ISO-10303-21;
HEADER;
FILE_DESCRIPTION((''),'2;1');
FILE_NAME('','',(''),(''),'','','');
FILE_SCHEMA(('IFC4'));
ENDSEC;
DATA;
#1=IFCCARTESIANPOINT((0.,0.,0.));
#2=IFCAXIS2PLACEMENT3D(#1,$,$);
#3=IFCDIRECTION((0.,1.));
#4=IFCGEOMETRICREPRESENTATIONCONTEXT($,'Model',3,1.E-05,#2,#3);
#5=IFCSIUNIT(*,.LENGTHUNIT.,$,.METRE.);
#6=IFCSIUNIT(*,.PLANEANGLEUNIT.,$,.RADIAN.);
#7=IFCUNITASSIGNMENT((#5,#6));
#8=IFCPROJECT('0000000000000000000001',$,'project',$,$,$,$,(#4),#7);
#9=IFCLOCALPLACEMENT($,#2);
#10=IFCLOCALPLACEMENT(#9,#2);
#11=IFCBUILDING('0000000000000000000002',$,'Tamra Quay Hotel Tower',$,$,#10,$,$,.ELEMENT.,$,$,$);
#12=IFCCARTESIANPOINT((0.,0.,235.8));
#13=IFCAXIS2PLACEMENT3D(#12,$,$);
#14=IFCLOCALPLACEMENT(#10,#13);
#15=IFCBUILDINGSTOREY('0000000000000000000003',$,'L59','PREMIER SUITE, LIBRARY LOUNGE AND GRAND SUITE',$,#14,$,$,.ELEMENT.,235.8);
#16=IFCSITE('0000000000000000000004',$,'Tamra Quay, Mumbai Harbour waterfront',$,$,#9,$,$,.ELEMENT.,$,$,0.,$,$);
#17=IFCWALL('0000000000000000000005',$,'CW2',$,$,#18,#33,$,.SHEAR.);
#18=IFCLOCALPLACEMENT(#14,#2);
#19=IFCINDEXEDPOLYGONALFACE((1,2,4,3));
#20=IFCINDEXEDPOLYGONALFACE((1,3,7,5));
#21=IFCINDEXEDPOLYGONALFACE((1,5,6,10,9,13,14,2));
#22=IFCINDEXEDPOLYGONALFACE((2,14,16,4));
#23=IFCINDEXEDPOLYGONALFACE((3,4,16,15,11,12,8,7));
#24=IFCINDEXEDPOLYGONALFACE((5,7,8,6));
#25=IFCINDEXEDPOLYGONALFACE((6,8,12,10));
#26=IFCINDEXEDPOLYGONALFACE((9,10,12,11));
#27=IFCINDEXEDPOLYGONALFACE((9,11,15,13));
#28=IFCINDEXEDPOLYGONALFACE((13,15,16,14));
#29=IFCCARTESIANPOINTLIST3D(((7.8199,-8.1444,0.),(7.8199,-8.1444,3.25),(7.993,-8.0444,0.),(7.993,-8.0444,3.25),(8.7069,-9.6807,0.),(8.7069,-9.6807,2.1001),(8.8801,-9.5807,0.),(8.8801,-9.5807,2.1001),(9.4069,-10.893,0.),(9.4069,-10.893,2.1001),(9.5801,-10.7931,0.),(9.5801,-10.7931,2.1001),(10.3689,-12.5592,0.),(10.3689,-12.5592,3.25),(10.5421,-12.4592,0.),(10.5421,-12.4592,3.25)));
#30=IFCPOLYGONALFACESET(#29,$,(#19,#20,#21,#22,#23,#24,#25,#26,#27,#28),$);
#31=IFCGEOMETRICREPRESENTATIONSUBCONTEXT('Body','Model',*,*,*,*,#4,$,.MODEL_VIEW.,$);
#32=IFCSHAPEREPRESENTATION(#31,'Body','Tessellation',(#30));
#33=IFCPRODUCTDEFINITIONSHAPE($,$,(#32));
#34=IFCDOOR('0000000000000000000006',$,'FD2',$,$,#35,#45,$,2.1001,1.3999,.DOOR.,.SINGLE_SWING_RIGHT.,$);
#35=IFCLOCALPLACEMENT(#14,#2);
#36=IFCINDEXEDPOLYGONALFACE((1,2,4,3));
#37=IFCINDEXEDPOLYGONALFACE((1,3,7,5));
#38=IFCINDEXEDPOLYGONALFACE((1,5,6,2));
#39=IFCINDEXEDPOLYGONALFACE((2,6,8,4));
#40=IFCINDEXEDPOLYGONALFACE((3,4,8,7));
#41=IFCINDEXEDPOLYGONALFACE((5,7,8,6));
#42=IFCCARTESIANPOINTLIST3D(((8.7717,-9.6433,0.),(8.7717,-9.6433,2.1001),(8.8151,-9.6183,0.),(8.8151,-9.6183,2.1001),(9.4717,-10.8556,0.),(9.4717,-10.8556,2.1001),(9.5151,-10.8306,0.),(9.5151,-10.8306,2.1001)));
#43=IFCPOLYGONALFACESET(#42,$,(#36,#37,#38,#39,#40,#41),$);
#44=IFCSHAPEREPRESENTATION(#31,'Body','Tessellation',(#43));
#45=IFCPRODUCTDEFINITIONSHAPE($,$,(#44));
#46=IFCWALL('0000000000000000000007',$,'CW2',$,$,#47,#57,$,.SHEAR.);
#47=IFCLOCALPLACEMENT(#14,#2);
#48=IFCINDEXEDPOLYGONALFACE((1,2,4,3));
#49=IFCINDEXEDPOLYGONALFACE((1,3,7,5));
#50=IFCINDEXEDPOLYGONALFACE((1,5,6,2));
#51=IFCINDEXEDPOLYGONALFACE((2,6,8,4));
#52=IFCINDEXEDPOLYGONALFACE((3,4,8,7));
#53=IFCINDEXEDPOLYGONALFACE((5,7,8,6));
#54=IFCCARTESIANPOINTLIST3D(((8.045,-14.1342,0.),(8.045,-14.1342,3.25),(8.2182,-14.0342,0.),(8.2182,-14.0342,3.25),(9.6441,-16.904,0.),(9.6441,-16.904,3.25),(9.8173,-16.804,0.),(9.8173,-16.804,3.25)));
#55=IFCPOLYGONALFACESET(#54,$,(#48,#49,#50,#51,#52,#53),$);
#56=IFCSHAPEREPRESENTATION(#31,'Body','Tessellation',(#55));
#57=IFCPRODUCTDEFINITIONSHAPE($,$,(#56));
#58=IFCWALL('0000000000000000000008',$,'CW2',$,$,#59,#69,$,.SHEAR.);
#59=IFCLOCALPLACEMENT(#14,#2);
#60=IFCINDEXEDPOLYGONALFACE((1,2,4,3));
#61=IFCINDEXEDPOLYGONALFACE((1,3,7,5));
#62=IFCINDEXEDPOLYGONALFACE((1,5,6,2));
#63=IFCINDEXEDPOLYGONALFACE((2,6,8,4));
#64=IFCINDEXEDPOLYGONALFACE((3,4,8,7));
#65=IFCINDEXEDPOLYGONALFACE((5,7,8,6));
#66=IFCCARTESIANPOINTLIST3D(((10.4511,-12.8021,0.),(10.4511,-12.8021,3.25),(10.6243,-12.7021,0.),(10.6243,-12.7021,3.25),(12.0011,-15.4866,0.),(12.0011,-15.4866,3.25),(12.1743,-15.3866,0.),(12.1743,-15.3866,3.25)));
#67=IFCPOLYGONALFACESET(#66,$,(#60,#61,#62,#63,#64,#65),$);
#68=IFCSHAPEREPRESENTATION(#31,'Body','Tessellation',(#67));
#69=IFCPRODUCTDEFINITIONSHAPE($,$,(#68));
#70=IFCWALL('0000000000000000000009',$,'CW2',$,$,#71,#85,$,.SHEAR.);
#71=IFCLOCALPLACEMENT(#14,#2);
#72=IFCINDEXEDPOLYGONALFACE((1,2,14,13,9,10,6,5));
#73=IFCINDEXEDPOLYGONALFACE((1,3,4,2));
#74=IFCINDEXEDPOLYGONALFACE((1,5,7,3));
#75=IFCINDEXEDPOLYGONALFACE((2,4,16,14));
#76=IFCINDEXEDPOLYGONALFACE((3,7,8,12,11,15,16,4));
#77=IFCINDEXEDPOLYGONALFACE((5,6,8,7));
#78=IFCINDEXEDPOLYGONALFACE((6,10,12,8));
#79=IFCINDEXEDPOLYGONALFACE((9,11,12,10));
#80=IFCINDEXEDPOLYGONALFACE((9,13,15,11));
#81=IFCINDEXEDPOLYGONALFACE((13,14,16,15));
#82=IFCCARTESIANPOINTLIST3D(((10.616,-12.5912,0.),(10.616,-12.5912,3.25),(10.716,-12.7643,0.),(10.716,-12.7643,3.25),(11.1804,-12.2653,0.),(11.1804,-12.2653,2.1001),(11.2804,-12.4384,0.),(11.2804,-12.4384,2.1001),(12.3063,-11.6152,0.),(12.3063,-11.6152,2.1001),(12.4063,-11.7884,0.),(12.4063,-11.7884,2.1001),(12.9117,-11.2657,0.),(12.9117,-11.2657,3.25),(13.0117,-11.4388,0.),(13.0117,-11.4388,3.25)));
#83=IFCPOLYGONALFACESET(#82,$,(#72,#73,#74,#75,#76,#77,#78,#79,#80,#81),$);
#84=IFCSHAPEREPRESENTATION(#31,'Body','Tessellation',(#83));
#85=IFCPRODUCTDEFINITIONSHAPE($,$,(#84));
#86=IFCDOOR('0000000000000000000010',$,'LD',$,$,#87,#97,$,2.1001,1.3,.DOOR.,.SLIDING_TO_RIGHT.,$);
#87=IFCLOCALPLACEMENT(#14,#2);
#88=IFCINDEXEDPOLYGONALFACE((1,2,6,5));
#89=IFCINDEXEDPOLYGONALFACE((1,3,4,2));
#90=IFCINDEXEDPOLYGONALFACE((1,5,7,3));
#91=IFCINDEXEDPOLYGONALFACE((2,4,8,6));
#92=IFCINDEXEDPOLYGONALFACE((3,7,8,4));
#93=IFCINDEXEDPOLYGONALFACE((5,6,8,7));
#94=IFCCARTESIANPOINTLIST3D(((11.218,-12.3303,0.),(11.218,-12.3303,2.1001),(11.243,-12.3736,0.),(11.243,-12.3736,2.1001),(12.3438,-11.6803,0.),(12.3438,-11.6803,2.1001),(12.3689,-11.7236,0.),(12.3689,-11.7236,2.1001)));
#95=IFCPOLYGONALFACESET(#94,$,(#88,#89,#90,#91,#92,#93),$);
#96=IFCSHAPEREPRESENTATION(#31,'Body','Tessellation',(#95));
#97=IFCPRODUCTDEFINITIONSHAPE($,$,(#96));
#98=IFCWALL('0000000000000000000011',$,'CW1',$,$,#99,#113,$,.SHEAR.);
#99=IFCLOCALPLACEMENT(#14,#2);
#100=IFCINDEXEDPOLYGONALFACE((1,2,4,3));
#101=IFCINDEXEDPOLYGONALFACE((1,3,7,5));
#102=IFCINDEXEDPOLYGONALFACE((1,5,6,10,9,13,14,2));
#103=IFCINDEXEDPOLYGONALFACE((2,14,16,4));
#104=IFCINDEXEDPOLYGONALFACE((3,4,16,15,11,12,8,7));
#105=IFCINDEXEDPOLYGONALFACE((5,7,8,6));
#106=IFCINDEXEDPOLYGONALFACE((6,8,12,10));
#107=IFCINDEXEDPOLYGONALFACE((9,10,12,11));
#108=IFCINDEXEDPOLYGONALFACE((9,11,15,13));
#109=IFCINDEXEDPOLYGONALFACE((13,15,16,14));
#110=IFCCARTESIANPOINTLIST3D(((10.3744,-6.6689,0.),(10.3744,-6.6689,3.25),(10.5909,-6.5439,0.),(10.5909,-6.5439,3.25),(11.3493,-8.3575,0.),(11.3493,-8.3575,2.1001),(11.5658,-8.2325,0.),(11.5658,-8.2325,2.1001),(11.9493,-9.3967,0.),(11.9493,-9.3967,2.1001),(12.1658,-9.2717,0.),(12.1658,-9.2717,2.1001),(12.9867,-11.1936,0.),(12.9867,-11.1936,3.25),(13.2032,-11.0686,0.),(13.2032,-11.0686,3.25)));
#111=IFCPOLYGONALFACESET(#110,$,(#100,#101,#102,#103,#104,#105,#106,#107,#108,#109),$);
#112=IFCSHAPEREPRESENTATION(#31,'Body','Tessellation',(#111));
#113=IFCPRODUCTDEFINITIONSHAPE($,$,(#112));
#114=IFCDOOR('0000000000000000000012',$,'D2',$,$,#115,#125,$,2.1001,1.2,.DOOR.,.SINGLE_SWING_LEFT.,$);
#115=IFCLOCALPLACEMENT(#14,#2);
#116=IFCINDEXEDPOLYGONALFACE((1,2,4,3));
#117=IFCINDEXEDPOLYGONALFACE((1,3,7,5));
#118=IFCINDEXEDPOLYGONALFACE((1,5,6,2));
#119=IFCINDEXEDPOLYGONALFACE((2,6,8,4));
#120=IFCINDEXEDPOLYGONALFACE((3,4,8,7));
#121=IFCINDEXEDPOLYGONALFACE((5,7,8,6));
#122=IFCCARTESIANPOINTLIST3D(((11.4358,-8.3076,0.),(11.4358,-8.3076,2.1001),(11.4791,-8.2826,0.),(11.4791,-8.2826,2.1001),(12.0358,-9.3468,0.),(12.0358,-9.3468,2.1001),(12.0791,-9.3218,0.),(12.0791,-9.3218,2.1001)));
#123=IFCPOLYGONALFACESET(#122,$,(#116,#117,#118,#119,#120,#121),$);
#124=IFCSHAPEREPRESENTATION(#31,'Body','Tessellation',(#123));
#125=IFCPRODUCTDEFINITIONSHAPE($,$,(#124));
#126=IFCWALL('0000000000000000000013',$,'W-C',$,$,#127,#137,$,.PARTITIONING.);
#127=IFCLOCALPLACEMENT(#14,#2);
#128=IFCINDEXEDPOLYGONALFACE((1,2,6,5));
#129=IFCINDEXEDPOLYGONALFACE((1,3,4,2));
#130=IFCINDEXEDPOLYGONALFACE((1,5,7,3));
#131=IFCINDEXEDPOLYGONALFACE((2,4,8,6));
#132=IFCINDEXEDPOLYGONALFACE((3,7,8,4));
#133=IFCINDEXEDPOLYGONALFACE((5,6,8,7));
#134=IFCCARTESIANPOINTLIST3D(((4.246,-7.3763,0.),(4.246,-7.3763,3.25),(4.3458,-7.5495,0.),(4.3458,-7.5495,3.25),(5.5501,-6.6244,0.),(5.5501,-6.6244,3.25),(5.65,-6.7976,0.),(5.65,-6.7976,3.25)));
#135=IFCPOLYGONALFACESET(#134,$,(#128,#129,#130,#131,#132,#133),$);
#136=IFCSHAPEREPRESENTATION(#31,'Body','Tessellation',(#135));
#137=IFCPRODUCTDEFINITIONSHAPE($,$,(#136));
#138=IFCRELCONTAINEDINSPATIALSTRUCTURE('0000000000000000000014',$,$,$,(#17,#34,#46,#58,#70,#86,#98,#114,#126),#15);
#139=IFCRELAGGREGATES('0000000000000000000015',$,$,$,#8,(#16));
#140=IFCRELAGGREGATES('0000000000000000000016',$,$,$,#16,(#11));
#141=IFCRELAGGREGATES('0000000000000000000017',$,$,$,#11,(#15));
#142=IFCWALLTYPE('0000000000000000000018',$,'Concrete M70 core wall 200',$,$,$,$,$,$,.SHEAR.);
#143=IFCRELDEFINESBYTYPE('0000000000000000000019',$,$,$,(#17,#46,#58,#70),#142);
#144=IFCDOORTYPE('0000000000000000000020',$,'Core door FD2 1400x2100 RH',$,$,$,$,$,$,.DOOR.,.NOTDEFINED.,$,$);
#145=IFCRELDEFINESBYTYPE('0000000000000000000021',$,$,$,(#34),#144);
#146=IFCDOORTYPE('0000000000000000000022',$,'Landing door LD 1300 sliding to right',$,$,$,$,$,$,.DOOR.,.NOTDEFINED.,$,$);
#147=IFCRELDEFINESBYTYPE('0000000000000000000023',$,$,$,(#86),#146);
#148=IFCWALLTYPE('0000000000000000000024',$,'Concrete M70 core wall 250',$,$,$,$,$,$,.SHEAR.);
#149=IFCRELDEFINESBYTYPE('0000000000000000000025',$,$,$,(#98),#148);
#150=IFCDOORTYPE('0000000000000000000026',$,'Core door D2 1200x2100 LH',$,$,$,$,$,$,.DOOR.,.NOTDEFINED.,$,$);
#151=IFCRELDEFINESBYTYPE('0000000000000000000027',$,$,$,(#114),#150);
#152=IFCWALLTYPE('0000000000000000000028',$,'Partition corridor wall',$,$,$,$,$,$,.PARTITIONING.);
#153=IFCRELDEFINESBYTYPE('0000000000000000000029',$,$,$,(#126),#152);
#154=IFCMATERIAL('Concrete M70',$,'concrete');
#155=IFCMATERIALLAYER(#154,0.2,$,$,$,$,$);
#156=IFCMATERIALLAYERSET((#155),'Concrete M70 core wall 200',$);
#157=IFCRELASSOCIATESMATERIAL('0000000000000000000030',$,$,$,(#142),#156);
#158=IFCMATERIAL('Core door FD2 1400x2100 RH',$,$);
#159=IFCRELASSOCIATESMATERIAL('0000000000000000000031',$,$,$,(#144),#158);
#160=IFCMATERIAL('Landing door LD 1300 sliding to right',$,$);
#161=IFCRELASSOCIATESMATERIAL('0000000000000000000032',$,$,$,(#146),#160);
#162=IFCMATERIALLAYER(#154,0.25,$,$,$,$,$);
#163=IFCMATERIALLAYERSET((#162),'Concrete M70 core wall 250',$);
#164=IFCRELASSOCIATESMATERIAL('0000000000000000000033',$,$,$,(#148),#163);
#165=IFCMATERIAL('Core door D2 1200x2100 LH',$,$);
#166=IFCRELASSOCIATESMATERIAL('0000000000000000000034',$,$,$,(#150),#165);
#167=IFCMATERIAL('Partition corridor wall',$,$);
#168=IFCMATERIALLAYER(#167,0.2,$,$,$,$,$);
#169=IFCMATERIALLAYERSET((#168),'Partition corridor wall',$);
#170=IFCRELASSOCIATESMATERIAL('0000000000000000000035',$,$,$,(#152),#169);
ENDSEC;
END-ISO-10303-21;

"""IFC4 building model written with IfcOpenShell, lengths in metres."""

from ifc_helpers import new_model, si_unit, direction, frame, frame_2d, origin, place, context, subcontext, project, spatial, rectangle, extrude, material, layer, layer_set, type_object, element, fill, save


model = new_model("IFC4")

# Units and contexts
model_context = context("Model", 3, precision=1e-05, world=origin(), true_north=direction((0.0, 1.0)))
body_context = subcontext(model_context, "Body", "Model", "MODEL_VIEW")
ifc_project = project(units=[si_unit("LENGTHUNIT", "METRE"), si_unit("PLANEANGLEUNIT", "RADIAN")], contexts=[model_context])

# Site, building, storey
site_placement = place(None, origin())
site = spatial("IfcSite", under=ifc_project, at=site_placement, Name="Tamra Quay, Mumbai Harbour waterfront", CompositionType="ELEMENT", RefElevation=0.0)
building_placement = place(site_placement, origin())
building = spatial("IfcBuilding", under=site, at=building_placement, Name="Tamra Quay Hotel Tower", CompositionType="ELEMENT")
storey_placement = place(building_placement, frame((0.0, 0.0, 235.8)))
storey = spatial("IfcBuildingStorey", under=building, at=storey_placement, Name="L59", Description="PREMIER SUITE, LIBRARY LOUNGE AND GRAND SUITE", CompositionType="ELEMENT", Elevation=235.8)

# Wall, opening, door
ifc_material_1 = material(Name="Concrete M70", Category="concrete")
ifc_layer_1 = layer(ifc_material_1, 0.2)
ifc_layer_set_1 = layer_set([ifc_layer_1], Name="Concrete M70 core wall 200")
wall_type_1 = type_object("IfcWallType", Name="Concrete M70 core wall 200", PredefinedType="SHEAR", material=ifc_layer_set_1)
wall_1_placement = place(storey_placement, frame((7.9065, -8.0945, 0.0), z_axis=(0.0, 0.0, 1.0), x_axis=(0.500028, -0.866009, 0.0)))
wall_1 = element("IfcWall", 1, at=wall_1_placement, inside=storey, type_object=wall_type_1, Name="CW2", PredefinedType="SHEAR", context=body_context, shape_type="SweptSolid", body=[
    extrude(rectangle(XDim=5.0979, YDim=0.2, at=frame_2d((2.5488, 0.0))), origin(), (0.0, 0.0, 1.0), 3.25),
])
opening_1_placement = place(wall_1_placement, frame((1.7739, 0.0, 0.0)))
opening_1 = element("IfcOpeningElement", 2, at=opening_1_placement, cuts=wall_1, PredefinedType="OPENING", context=body_context, shape_type="SweptSolid", body=[
    extrude(rectangle(XDim=1.3999, YDim=2.1001, at=frame_2d((0.7, 1.05))), frame((0.0, 0.1099, 0.0), z_axis=(0.0, -1.0, 0.0), x_axis=(1.0, 0.0, 0.0)), (0.0, 0.0, 1.0), 0.22),
])
ifc_material_2 = material(Name="Core door FD2 1400x2100 RH")
door_type_1 = type_object("IfcDoorType", Name="Core door FD2 1400x2100 RH", OperationType="NOTDEFINED", PredefinedType="DOOR", material=ifc_material_2)
door_1_placement = place(opening_1_placement, origin())
door_1 = element("IfcDoor", 3, at=door_1_placement, inside=storey, type_object=door_type_1, Name="FD2", OperationType="SINGLE_SWING_RIGHT", OverallHeight=2.1001, OverallWidth=1.3999, PredefinedType="DOOR", context=body_context, shape_type="SweptSolid", body=[
    extrude(rectangle(XDim=1.3999, YDim=2.1001, at=frame_2d((0.7, 1.05))), frame((0.0, 0.0249, 0.0), z_axis=(0.0, -1.0, 0.0), x_axis=(1.0, 0.0, 0.0)), (0.0, 0.0, 1.0), 0.05),
])
fill(opening_1, door_1)

# Walls
wall_2_placement = place(storey_placement, frame((8.1316, -14.0842, 0.0), z_axis=(0.0, 0.0, 1.0), x_axis=(0.499998, -0.866027, 0.0)))
element("IfcWall", 4, at=wall_2_placement, inside=storey, type_object=wall_type_1, Name="CW2", PredefinedType="SHEAR", context=body_context, shape_type="SweptSolid", body=[
    extrude(rectangle(XDim=3.1982, YDim=0.2, at=frame_2d((1.5991, 0.0))), origin(), (0.0, 0.0, 1.0), 3.25),
])
wall_3_placement = place(storey_placement, frame((12.0876, -15.4365, 0.0), z_axis=(0.0, 0.0, 1.0), x_axis=(-0.500027, 0.86601, 0.0)))
element("IfcWall", 5, at=wall_3_placement, inside=storey, type_object=wall_type_1, Name="CW2", PredefinedType="SHEAR", context=body_context, shape_type="SweptSolid", body=[
    extrude(rectangle(XDim=3.0999, YDim=0.2, at=frame_2d((1.5498, 0.0))), origin(), (0.0, 0.0, 1.0), 3.25),
])

# Walls, openings, doors
wall_4_placement = place(storey_placement, frame((10.666, -12.6777, 0.0), z_axis=(0.0, 0.0, 1.0), x_axis=(0.866018, 0.500012, 0.0)))
wall_4 = element("IfcWall", 6, at=wall_4_placement, inside=storey, type_object=wall_type_1, Name="CW2", PredefinedType="SHEAR", context=body_context, shape_type="SweptSolid", body=[
    extrude(rectangle(XDim=2.6509, YDim=0.2, at=frame_2d((1.3254, 0.0))), origin(), (0.0, 0.0, 1.0), 3.25),
])
opening_2_placement = place(wall_4_placement, frame((0.6519, 0.0, 0.0)))
opening_2 = element("IfcOpeningElement", 7, at=opening_2_placement, cuts=wall_4, PredefinedType="OPENING", context=body_context, shape_type="SweptSolid", body=[
    extrude(rectangle(XDim=1.3, YDim=2.1001, at=frame_2d((0.6499, 1.05))), frame((0.0, 0.1099, 0.0), z_axis=(0.0, -1.0, 0.0), x_axis=(1.0, 0.0, 0.0)), (0.0, 0.0, 1.0), 0.22),
])
ifc_material_3 = material(Name="Landing door LD 1300 sliding to right")
door_type_2 = type_object("IfcDoorType", Name="Landing door LD 1300 sliding to right", OperationType="NOTDEFINED", PredefinedType="DOOR", material=ifc_material_3)
door_2_placement = place(opening_2_placement, origin())
door_2 = element("IfcDoor", 8, at=door_2_placement, inside=storey, type_object=door_type_2, Name="LD", OperationType="SLIDING_TO_RIGHT", OverallHeight=2.1001, OverallWidth=1.3, PredefinedType="DOOR", context=body_context, shape_type="SweptSolid", body=[
    extrude(rectangle(XDim=1.3, YDim=2.1001, at=frame_2d((0.6499, 1.05))), frame((0.0, 0.0249, 0.0), z_axis=(0.0, -1.0, 0.0), x_axis=(1.0, 0.0, 0.0)), (0.0, 0.0, 1.0), 0.05),
])
fill(opening_2, door_2)
ifc_layer_2 = layer(ifc_material_1, 0.25)
ifc_layer_set_2 = layer_set([ifc_layer_2], Name="Concrete M70 core wall 250")
wall_type_2 = type_object("IfcWallType", Name="Concrete M70 core wall 250", PredefinedType="SHEAR", material=ifc_layer_set_2)
wall_5_placement = place(storey_placement, frame((10.4827, -6.6064, 0.0), z_axis=(0.0, 0.0, 1.0), x_axis=(0.499999, -0.866026, 0.0)))
wall_5 = element("IfcWall", 9, at=wall_5_placement, inside=storey, type_object=wall_type_2, Name="CW1", PredefinedType="SHEAR", context=body_context, shape_type="SweptSolid", body=[
    extrude(rectangle(XDim=5.2246, YDim=0.25, at=frame_2d((2.6123, 0.0))), origin(), (0.0, 0.0, 1.0), 3.25),
])
opening_3_placement = place(wall_5_placement, frame((1.9497, 0.0, 0.0)))
opening_3 = element("IfcOpeningElement", 10, at=opening_3_placement, cuts=wall_5, PredefinedType="OPENING", context=body_context, shape_type="SweptSolid", body=[
    extrude(rectangle(XDim=1.2, YDim=2.1001, at=frame_2d((0.6001, 1.05))), frame((0.0, 0.135, 0.0), z_axis=(0.0, -1.0, 0.0), x_axis=(1.0, 0.0, 0.0)), (0.0, 0.0, 1.0), 0.27),
])
ifc_material_4 = material(Name="Core door D2 1200x2100 LH")
door_type_3 = type_object("IfcDoorType", Name="Core door D2 1200x2100 LH", OperationType="NOTDEFINED", PredefinedType="DOOR", material=ifc_material_4)
door_3_placement = place(opening_3_placement, origin())
door_3 = element("IfcDoor", 11, at=door_3_placement, inside=storey, type_object=door_type_3, Name="D2", OperationType="SINGLE_SWING_LEFT", OverallHeight=2.1001, OverallWidth=1.2, PredefinedType="DOOR", context=body_context, shape_type="SweptSolid", body=[
    extrude(rectangle(XDim=1.2, YDim=2.1001, at=frame_2d((0.6001, 1.05))), frame((0.0, 0.0249, 0.0), z_axis=(0.0, -1.0, 0.0), x_axis=(1.0, 0.0, 0.0)), (0.0, 0.0, 1.0), 0.05),
])
fill(opening_3, door_3)

# Wall
ifc_material_5 = material(Name="Partition corridor wall")
ifc_layer_3 = layer(ifc_material_5, 0.2)
ifc_layer_set_3 = layer_set([ifc_layer_3], Name="Partition corridor wall")
wall_type_3 = type_object("IfcWallType", Name="Partition corridor wall", PredefinedType="PARTITIONING", material=ifc_layer_set_3)
wall_6_placement = place(storey_placement, frame((4.2959, -7.4629, 0.0), z_axis=(0.0, 0.0, 1.0), x_axis=(0.866321, 0.499488, 0.0)))
element("IfcWall", 12, at=wall_6_placement, inside=storey, type_object=wall_type_3, Name="W-C", PredefinedType="PARTITIONING", context=body_context, shape_type="SweptSolid", body=[
    extrude(rectangle(XDim=1.5054, YDim=0.2, at=frame_2d((0.7527, 0.0))), origin(), (0.0, 0.0, 1.0), 3.25),
])

save(model, "model.ifc")
